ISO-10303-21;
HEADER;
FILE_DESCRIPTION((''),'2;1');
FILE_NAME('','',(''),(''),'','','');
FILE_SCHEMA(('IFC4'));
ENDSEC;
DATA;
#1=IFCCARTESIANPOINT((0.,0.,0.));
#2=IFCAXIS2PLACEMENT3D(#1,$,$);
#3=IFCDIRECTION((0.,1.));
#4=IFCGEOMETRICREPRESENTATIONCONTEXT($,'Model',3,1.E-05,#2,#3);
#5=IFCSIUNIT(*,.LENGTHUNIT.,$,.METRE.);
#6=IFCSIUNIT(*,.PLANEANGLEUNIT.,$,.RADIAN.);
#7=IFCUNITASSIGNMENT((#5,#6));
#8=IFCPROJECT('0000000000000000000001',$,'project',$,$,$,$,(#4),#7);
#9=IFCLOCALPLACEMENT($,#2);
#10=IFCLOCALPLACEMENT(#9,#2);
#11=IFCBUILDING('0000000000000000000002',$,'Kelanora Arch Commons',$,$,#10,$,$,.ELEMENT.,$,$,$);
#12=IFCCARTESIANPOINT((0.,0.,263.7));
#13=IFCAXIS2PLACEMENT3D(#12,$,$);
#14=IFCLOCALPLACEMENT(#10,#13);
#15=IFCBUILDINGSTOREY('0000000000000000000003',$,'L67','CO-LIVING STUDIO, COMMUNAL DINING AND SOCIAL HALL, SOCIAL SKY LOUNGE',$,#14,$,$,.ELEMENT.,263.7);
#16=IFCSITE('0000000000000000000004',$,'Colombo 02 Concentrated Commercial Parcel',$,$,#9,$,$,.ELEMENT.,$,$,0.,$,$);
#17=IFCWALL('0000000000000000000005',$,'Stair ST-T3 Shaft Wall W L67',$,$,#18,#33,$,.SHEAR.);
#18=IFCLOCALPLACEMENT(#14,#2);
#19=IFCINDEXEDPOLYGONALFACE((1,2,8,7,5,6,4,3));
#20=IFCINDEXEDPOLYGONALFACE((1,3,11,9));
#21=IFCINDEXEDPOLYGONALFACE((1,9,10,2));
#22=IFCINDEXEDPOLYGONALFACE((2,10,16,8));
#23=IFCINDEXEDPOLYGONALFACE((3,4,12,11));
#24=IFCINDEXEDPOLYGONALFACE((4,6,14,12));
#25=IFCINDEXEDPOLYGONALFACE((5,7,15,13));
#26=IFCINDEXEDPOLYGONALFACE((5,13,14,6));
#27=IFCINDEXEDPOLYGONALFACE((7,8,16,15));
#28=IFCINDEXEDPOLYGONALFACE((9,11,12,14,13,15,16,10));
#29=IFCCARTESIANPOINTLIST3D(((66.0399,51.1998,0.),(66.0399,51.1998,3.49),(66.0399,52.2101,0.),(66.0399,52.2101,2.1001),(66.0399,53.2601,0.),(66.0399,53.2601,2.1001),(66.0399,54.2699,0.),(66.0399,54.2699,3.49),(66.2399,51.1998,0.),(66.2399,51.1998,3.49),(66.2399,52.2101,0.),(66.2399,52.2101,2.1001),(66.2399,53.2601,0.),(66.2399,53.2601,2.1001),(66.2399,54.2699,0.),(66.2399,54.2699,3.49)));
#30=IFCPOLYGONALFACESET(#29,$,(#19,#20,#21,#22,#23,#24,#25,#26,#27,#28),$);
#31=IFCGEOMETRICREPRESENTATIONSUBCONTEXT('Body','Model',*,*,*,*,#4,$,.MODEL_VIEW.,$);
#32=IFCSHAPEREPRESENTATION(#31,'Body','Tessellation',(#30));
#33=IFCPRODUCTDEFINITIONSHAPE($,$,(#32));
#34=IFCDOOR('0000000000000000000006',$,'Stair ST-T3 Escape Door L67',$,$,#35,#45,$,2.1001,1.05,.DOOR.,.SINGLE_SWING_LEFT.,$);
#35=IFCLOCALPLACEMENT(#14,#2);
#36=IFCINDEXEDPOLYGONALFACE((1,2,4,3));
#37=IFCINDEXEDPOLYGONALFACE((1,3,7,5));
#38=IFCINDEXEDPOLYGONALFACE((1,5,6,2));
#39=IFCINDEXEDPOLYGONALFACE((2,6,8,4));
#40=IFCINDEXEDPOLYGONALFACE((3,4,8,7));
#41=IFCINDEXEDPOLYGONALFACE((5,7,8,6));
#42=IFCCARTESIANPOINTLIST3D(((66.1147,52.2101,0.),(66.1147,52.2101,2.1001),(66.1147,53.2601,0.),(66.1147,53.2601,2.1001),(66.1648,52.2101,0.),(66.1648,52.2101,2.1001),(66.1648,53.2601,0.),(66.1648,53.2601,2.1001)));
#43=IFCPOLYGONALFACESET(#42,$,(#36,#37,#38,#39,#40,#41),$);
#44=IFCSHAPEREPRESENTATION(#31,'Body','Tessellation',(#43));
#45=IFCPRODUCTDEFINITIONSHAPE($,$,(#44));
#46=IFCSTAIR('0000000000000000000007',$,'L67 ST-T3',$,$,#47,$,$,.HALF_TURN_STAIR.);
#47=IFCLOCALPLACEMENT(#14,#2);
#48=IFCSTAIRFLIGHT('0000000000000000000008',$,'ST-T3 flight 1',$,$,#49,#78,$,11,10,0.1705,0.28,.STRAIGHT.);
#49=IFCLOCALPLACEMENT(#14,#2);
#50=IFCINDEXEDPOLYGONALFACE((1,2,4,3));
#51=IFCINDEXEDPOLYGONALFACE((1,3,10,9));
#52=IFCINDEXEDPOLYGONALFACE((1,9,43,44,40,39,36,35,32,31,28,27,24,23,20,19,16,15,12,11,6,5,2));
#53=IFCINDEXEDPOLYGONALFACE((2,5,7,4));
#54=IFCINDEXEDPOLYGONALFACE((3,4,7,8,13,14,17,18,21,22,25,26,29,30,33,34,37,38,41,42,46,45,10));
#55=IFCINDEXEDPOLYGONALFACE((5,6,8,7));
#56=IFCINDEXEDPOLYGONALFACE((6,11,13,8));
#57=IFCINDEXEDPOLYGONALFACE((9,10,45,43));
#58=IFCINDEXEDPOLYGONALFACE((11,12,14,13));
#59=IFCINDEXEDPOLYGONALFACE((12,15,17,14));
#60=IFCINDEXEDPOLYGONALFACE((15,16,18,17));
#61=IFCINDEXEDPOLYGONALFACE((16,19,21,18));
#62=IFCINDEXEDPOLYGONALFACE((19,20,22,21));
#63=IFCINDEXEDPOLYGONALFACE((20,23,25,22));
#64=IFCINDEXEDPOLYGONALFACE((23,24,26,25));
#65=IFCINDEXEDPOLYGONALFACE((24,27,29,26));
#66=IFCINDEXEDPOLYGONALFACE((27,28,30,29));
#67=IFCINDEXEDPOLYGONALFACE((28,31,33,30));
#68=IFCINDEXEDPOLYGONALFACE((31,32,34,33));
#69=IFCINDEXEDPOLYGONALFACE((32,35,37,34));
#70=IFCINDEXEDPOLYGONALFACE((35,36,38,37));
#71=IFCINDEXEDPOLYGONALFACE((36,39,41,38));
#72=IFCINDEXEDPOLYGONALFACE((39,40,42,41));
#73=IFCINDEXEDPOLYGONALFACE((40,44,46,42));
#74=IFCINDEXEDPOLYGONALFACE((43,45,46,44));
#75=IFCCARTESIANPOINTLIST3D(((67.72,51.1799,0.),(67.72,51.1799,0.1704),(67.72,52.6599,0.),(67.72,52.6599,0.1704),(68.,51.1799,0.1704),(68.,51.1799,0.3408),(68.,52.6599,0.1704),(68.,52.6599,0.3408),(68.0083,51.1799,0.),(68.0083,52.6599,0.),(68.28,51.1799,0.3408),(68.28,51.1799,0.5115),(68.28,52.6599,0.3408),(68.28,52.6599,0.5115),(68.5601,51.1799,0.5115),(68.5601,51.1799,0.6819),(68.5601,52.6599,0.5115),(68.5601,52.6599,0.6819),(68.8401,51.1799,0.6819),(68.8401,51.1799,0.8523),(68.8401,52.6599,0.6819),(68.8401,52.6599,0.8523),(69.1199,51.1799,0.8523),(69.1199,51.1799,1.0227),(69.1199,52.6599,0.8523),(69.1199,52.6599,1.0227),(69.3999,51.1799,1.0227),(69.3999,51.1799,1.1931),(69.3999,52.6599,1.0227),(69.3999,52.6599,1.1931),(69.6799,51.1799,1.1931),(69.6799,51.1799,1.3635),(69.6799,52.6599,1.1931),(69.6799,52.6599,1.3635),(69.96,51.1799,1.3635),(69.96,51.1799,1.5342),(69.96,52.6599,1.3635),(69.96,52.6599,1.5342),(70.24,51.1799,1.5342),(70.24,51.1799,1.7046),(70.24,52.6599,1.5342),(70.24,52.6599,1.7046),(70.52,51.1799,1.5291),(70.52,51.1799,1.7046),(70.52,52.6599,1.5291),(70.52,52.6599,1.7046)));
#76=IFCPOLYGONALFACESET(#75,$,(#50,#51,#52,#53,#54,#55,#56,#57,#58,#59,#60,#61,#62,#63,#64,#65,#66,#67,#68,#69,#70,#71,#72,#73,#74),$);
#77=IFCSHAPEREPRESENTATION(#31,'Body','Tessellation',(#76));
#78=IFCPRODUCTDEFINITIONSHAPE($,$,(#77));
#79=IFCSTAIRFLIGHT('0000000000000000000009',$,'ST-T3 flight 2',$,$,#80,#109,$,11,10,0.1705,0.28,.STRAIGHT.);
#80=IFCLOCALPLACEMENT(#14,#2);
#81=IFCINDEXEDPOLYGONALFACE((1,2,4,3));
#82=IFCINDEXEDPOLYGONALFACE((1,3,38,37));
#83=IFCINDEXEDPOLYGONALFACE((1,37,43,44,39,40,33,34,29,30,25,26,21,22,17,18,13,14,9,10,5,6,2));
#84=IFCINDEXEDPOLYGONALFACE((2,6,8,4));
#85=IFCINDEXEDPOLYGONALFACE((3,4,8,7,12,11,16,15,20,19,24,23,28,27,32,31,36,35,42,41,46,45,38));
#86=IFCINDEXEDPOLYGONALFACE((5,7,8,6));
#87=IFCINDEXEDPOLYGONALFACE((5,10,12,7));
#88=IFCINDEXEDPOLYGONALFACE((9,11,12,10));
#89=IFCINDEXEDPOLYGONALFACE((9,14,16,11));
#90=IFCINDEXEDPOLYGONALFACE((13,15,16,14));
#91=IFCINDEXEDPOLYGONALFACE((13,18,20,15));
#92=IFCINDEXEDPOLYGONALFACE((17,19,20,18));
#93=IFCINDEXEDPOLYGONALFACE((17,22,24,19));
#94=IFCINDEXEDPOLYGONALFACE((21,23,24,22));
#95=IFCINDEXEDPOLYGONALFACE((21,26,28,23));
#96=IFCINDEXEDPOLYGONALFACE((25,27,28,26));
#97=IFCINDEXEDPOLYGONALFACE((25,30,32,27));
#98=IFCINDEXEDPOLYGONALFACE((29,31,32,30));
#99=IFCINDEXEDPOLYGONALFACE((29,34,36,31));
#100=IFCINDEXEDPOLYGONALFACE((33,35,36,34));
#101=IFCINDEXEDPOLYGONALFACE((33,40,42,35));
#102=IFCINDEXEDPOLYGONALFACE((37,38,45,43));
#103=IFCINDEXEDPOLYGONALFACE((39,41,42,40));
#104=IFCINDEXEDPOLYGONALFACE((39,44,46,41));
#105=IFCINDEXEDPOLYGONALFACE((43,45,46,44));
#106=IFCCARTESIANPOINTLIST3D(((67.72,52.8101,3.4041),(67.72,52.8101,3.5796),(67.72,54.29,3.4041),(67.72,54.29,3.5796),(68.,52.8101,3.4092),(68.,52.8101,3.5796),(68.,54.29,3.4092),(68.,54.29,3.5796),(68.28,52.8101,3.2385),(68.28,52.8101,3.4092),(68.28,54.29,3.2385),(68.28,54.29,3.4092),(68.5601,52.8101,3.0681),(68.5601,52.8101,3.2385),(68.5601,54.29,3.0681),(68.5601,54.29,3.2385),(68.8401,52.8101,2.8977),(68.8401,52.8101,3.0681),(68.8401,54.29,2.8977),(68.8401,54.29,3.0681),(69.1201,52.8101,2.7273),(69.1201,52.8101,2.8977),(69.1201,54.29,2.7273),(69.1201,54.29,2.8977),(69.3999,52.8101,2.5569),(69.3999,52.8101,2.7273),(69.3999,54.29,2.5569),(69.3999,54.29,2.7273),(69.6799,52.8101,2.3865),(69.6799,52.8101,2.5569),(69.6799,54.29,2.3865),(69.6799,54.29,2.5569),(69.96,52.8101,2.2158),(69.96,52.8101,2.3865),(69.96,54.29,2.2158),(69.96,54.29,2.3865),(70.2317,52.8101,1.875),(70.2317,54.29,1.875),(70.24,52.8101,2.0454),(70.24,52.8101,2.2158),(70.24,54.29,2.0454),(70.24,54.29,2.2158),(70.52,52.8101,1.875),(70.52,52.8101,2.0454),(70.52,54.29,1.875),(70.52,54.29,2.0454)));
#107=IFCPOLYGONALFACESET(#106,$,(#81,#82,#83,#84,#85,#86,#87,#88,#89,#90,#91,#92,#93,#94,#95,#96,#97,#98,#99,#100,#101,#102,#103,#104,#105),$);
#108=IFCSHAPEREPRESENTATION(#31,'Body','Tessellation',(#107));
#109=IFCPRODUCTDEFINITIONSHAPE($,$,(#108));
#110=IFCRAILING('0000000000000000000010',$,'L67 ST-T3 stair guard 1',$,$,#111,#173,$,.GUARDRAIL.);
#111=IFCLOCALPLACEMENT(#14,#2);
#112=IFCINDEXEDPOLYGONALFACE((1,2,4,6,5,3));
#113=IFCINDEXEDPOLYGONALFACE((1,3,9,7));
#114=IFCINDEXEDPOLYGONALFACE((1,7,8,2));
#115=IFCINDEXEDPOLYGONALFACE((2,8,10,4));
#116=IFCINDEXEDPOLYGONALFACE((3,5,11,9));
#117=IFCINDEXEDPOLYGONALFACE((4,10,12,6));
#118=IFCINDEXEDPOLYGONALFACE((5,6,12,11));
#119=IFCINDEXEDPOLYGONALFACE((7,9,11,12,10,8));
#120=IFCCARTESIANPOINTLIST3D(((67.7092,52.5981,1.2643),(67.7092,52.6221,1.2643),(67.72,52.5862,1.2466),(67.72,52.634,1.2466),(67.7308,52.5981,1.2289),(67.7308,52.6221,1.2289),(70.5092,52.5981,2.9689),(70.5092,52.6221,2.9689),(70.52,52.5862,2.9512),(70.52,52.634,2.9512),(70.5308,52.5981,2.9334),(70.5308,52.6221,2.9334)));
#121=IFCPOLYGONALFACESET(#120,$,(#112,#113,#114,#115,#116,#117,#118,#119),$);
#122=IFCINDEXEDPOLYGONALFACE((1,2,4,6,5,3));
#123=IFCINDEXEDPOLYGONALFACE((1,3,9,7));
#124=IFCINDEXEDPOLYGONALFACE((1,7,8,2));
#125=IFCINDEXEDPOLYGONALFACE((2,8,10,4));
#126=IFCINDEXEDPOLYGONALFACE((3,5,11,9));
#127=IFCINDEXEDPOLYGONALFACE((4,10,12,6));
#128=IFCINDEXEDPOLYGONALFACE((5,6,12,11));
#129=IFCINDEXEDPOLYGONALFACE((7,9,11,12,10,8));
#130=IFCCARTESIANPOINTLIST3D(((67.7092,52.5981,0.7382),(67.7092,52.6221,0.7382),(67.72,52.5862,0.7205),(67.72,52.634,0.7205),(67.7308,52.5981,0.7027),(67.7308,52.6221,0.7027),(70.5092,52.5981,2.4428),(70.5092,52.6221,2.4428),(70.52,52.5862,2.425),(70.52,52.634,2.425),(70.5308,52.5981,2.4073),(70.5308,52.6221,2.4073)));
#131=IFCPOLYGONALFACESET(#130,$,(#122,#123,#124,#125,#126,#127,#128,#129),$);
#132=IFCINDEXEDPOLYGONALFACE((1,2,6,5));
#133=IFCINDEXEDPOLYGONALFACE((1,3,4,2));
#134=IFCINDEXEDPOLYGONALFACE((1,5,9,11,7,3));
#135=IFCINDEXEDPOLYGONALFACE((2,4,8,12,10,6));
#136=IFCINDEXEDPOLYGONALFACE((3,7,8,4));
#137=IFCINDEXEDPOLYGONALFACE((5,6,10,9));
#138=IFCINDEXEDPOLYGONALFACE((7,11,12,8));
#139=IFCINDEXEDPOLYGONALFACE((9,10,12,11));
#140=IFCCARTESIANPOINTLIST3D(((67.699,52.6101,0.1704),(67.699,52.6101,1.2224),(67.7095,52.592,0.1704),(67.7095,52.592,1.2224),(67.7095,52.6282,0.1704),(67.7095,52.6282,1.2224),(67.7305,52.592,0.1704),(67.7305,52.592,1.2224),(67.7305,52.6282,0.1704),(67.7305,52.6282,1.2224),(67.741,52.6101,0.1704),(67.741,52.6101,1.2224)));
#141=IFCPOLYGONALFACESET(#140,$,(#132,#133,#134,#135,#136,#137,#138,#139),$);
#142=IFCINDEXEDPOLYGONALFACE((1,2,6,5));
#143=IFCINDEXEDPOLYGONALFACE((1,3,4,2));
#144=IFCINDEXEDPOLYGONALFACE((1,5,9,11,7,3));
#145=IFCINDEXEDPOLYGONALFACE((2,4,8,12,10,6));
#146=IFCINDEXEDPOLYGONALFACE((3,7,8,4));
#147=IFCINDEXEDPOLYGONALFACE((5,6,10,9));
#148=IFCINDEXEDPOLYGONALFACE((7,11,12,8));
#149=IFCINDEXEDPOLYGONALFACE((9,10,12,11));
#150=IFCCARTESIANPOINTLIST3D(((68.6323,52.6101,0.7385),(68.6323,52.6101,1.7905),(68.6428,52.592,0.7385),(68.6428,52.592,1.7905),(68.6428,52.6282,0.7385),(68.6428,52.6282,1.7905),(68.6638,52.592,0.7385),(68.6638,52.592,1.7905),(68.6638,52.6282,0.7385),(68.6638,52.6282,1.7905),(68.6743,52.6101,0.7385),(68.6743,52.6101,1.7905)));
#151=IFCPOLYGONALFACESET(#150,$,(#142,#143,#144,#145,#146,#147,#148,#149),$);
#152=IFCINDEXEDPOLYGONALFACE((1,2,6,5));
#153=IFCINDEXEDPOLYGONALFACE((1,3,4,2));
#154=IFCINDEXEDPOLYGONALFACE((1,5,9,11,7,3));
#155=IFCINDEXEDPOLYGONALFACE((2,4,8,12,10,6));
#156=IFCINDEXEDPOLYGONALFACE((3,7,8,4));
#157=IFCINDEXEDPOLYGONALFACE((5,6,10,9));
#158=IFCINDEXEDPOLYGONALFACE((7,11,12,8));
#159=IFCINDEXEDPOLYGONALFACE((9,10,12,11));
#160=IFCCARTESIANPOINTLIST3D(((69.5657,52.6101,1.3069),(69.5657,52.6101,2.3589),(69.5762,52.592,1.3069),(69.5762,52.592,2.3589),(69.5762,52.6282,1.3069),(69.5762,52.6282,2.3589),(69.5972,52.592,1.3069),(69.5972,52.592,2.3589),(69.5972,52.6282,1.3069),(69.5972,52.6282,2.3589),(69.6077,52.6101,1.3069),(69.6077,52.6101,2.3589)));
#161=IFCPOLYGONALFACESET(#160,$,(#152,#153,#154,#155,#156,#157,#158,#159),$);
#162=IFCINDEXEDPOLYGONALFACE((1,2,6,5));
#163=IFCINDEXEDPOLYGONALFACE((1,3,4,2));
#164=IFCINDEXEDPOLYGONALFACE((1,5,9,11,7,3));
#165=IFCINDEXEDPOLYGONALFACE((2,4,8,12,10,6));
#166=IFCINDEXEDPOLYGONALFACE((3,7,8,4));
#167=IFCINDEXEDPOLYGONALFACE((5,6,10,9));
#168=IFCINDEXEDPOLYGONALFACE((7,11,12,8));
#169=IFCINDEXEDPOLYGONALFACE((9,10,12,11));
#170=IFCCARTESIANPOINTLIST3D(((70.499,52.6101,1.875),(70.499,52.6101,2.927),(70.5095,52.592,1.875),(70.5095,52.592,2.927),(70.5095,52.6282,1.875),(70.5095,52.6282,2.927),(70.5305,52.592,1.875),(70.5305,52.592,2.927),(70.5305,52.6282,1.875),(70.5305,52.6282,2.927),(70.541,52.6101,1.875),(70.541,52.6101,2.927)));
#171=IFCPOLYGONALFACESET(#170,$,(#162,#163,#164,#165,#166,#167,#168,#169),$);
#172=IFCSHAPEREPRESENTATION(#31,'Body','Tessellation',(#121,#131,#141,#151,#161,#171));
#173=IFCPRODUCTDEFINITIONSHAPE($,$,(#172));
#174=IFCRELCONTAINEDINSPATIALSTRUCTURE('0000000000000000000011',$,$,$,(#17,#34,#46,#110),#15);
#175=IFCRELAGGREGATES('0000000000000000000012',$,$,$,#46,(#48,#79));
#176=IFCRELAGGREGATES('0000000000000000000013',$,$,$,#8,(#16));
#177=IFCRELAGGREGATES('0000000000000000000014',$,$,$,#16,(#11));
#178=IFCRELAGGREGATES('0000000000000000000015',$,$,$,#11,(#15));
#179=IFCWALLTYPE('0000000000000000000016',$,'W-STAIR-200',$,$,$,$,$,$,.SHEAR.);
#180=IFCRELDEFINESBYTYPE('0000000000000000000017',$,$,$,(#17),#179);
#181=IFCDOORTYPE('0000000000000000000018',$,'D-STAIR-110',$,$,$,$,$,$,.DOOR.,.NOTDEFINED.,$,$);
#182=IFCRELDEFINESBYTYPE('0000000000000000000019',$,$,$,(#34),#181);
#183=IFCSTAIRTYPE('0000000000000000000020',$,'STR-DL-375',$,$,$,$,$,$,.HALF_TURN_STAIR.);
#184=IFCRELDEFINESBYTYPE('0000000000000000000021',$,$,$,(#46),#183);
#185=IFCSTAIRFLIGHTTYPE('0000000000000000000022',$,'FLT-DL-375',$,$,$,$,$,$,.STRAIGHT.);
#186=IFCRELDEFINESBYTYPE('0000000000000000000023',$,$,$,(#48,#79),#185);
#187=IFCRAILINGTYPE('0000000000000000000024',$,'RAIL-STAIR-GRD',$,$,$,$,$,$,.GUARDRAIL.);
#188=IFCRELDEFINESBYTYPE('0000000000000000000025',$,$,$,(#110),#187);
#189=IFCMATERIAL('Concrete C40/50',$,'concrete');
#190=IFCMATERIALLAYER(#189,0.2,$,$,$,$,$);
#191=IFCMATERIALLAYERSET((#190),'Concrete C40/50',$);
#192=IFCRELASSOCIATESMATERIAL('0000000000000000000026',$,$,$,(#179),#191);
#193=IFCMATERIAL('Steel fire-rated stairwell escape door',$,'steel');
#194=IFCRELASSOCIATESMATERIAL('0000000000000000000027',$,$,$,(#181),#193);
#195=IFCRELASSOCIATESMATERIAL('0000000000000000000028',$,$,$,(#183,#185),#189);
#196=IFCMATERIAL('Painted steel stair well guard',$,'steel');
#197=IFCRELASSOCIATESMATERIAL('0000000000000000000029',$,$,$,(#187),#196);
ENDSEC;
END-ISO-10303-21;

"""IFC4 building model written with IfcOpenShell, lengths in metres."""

from ifc_helpers import new_model, si_unit, direction, frame, frame_2d, origin, place, context, subcontext, project, spatial, polyline, rectangle, outline, extrude, material, layer, layer_set, type_object, element, fill, aggregate, save


model = new_model("IFC4")

# Units and contexts
model_context = context("Model", 3, precision=1e-05, world=origin(), true_north=direction((0.0, 1.0)))
body_context = subcontext(model_context, "Body", "Model", "MODEL_VIEW")
ifc_project = project(units=[si_unit("LENGTHUNIT", "METRE"), si_unit("PLANEANGLEUNIT", "RADIAN")], contexts=[model_context])

# Site, building, storey
site_placement = place(None, origin())
site = spatial("IfcSite", under=ifc_project, at=site_placement, Name="Colombo 02 Concentrated Commercial Parcel", CompositionType="ELEMENT", RefElevation=0.0)
building_placement = place(site_placement, origin())
building = spatial("IfcBuilding", under=site, at=building_placement, Name="Kelanora Arch Commons", CompositionType="ELEMENT")
storey_placement = place(building_placement, frame((0.0, 0.0, 263.7)))
storey = spatial("IfcBuildingStorey", under=building, at=storey_placement, Name="L67", Description="CO-LIVING STUDIO, COMMUNAL DINING AND SOCIAL HALL, SOCIAL SKY LOUNGE", CompositionType="ELEMENT", Elevation=263.7)

# Shared definitions
ifc_material_1 = material(Name="Concrete C40/50", Category="concrete")

# Shared definitions
ifc_layer_1 = layer(ifc_material_1, 0.2)
ifc_layer_set_1 = layer_set([ifc_layer_1], Name="Concrete C40/50")
wall_type_1 = type_object("IfcWallType", Name="W-STAIR-200", PredefinedType="SHEAR", material=ifc_layer_set_1)

# Wall, opening, door
wall_1_placement = place(storey_placement, frame((66.1399, 54.27, 0.0), z_axis=(0.0, 0.0, 1.0), x_axis=(0.0, -1.0, 0.0)))
wall_1 = element("IfcWall", 1, at=wall_1_placement, inside=storey, type_object=wall_type_1, Name="Stair ST-T3 Shaft Wall W L67", PredefinedType="SHEAR", context=body_context, shape_type="SweptSolid", body=[
    extrude(rectangle(XDim=3.0701, YDim=0.2, at=frame_2d((1.5352, 0.0))), origin(), (0.0, 0.0, 1.0), 3.49),
])
opening_1_placement = place(wall_1_placement, frame((1.01, 0.0, 0.0)))
opening_1 = element("IfcOpeningElement", 2, at=opening_1_placement, cuts=wall_1, PredefinedType="OPENING", context=body_context, shape_type="SweptSolid", body=[
    extrude(rectangle(XDim=1.05, YDim=2.1001, at=frame_2d((0.5249, 1.05))), frame((0.0, 0.1099, 0.0), z_axis=(0.0, -1.0, 0.0), x_axis=(1.0, 0.0, 0.0)), (0.0, 0.0, 1.0), 0.22),
])
ifc_material_2 = material(Name="Steel fire-rated stairwell escape door", Category="steel")
door_type_1 = type_object("IfcDoorType", Name="D-STAIR-110", OperationType="NOTDEFINED", PredefinedType="DOOR", material=ifc_material_2)
door_1_placement = place(opening_1_placement, origin())
door_1 = element("IfcDoor", 3, at=door_1_placement, inside=storey, type_object=door_type_1, Name="Stair ST-T3 Escape Door L67", OperationType="SINGLE_SWING_LEFT", OverallHeight=2.1001, OverallWidth=1.05, PredefinedType="DOOR", context=body_context, shape_type="SweptSolid", body=[
    extrude(rectangle(XDim=1.05, YDim=2.1001, at=frame_2d((0.5249, 1.05))), frame((0.0, 0.0249, 0.0), z_axis=(0.0, -1.0, 0.0), x_axis=(1.0, 0.0, 0.0)), (0.0, 0.0, 1.0), 0.05),
])
fill(opening_1, door_1)

# Stair, stair flights
stair_type = type_object("IfcStairType", Name="STR-DL-375", PredefinedType="HALF_TURN_STAIR", material=ifc_material_1)
stair_placement = place(storey_placement, origin())
stair = element("IfcStair", 4, at=stair_placement, inside=storey, type_object=stair_type, Name="L67 ST-T3", PredefinedType="HALF_TURN_STAIR")
stair_flight_type = type_object("IfcStairFlightType", Name="FLT-DL-375", PredefinedType="STRAIGHT", material=ifc_material_1)
stair_flight_1_placement = place(storey_placement, frame((67.72, 51.9199, 0.0), z_axis=(0.0, 0.0, 1.0), x_axis=(1.0, 0.0, 0.0)))
stair_flight_1 = element("IfcStairFlight", 5, at=stair_flight_1_placement, type_object=stair_flight_type, Name="ST-T3 flight 1", NumberOfRisers=11, NumberOfTreads=10, PredefinedType="STRAIGHT", RiserHeight=0.1705, TreadLength=0.28, context=body_context, shape_type="SweptSolid", body=[
    extrude(outline(polyline([(0.0, 0.0), (0.0, 0.1704), (0.28, 0.1704), (0.28, 0.3408), (0.5601, 0.3408), (0.5601, 0.5115), (0.8401, 0.5115), (0.8401, 0.6819), (1.1201, 0.6819), (1.1201, 0.8523), (1.3999, 0.8523), (1.3999, 1.0227), (1.6799, 1.0227), (1.6799, 1.1931), (1.96, 1.1931), (1.96, 1.3635), (2.24, 1.3635), (2.24, 1.5342), (2.52, 1.5342), (2.52, 1.7046), (2.8, 1.7046), (2.8, 1.875), (2.8, 1.5291), (0.2883, 0.0), (0.0, 0.0)])), frame((0.0, 0.74, 0.0), z_axis=(0.0, -1.0, 0.0), x_axis=(1.0, 0.0, 0.0)), (0.0, 0.0, 1.0), 1.48),
])
stair_flight_2_placement = place(storey_placement, frame((70.52, 53.55, 1.875), z_axis=(0.0, 0.0, 1.0), x_axis=(-1.0, 0.0, 0.0)))
stair_flight_2 = element("IfcStairFlight", 6, at=stair_flight_2_placement, type_object=stair_flight_type, Name="ST-T3 flight 2", NumberOfRisers=11, NumberOfTreads=10, PredefinedType="STRAIGHT", RiserHeight=0.1705, TreadLength=0.28, context=body_context, shape_type="SweptSolid", body=[
    extrude(outline(polyline([(0.0, 0.0), (0.0, 0.1704), (0.28, 0.1704), (0.28, 0.3408), (0.5601, 0.3408), (0.5601, 0.5115), (0.8401, 0.5115), (0.8401, 0.6819), (1.1201, 0.6819), (1.1201, 0.8523), (1.3999, 0.8523), (1.3999, 1.0227), (1.6799, 1.0227), (1.6799, 1.1931), (1.96, 1.1931), (1.96, 1.3635), (2.24, 1.3635), (2.24, 1.5342), (2.52, 1.5342), (2.52, 1.7046), (2.8, 1.7046), (2.8, 1.875), (2.8, 1.5291), (0.2883, 0.0), (0.0, 0.0)])), frame((0.0, 0.74, 0.0), z_axis=(0.0, -1.0, 0.0), x_axis=(1.0, 0.0, 0.0)), (0.0, 0.0, 1.0), 1.48),
])
aggregate(stair, [stair_flight_1, stair_flight_2])

# Railing
ifc_material_3 = material(Name="Painted steel stair well guard", Category="steel")
railing_type_1 = type_object("IfcRailingType", Name="RAIL-STAIR-GRD", PredefinedType="GUARDRAIL", material=ifc_material_3)
railing_1_placement = place(storey_placement, frame((67.72, 52.6101, 0.1704)))
element("IfcRailing", 7, at=railing_1_placement, inside=storey, type_object=railing_type_1, Name="L67 ST-T3 stair guard 1", PredefinedType="GUARDRAIL", context=body_context, shape_type="SweptSolid", body=[
    extrude(outline(polyline([(0.0239, 0.0), (0.012, 0.0208), (-0.012, 0.0208), (-0.0239, 0.0), (-0.012, -0.0208), (0.012, -0.0208), (0.0239, 0.0)])), frame((0.0, 0.0, 1.0762), z_axis=(0.85417, 0.0, 0.519994), x_axis=(0.0, 1.0, 0.0)), (0.0, 0.0, 1.0), 3.2781),
    extrude(outline(polyline([(0.0239, 0.0), (0.012, 0.0208), (-0.012, 0.0208), (-0.0239, 0.0), (-0.012, -0.0208), (0.012, -0.0208), (0.0239, 0.0)])), frame((0.0, 0.0, 0.55), z_axis=(0.85417, 0.0, 0.519994), x_axis=(0.0, 1.0, 0.0)), (0.0, 0.0, 1.0), 3.2781),
    extrude(outline(polyline([(0.021, 0.0), (0.0105, 0.0181), (-0.0105, 0.0181), (-0.021, 0.0), (-0.0105, -0.0181), (0.0105, -0.0181), (0.021, 0.0)])), origin(), (0.0, 0.0, 1.0), 1.052),
    extrude(outline(polyline([(0.021, 0.0), (0.0105, 0.0181), (-0.0105, 0.0181), (-0.021, 0.0), (-0.0105, -0.0181), (0.0105, -0.0181), (0.021, 0.0)])), frame((0.9333, 0.0, 0.5681)), (0.0, 0.0, 1.0), 1.052),
    extrude(outline(polyline([(0.021, 0.0), (0.0105, 0.0181), (-0.0105, 0.0181), (-0.021, 0.0), (-0.0105, -0.0181), (0.0105, -0.0181), (0.021, 0.0)])), frame((1.8667, 0.0, 1.1365)), (0.0, 0.0, 1.0), 1.052),
    extrude(outline(polyline([(0.021, 0.0), (0.0105, 0.0181), (-0.0105, 0.0181), (-0.021, 0.0), (-0.0105, -0.0181), (0.0105, -0.0181), (0.021, 0.0)])), frame((2.8, 0.0, 1.7046)), (0.0, 0.0, 1.0), 1.052),
])

save(model, "model.ifc")
